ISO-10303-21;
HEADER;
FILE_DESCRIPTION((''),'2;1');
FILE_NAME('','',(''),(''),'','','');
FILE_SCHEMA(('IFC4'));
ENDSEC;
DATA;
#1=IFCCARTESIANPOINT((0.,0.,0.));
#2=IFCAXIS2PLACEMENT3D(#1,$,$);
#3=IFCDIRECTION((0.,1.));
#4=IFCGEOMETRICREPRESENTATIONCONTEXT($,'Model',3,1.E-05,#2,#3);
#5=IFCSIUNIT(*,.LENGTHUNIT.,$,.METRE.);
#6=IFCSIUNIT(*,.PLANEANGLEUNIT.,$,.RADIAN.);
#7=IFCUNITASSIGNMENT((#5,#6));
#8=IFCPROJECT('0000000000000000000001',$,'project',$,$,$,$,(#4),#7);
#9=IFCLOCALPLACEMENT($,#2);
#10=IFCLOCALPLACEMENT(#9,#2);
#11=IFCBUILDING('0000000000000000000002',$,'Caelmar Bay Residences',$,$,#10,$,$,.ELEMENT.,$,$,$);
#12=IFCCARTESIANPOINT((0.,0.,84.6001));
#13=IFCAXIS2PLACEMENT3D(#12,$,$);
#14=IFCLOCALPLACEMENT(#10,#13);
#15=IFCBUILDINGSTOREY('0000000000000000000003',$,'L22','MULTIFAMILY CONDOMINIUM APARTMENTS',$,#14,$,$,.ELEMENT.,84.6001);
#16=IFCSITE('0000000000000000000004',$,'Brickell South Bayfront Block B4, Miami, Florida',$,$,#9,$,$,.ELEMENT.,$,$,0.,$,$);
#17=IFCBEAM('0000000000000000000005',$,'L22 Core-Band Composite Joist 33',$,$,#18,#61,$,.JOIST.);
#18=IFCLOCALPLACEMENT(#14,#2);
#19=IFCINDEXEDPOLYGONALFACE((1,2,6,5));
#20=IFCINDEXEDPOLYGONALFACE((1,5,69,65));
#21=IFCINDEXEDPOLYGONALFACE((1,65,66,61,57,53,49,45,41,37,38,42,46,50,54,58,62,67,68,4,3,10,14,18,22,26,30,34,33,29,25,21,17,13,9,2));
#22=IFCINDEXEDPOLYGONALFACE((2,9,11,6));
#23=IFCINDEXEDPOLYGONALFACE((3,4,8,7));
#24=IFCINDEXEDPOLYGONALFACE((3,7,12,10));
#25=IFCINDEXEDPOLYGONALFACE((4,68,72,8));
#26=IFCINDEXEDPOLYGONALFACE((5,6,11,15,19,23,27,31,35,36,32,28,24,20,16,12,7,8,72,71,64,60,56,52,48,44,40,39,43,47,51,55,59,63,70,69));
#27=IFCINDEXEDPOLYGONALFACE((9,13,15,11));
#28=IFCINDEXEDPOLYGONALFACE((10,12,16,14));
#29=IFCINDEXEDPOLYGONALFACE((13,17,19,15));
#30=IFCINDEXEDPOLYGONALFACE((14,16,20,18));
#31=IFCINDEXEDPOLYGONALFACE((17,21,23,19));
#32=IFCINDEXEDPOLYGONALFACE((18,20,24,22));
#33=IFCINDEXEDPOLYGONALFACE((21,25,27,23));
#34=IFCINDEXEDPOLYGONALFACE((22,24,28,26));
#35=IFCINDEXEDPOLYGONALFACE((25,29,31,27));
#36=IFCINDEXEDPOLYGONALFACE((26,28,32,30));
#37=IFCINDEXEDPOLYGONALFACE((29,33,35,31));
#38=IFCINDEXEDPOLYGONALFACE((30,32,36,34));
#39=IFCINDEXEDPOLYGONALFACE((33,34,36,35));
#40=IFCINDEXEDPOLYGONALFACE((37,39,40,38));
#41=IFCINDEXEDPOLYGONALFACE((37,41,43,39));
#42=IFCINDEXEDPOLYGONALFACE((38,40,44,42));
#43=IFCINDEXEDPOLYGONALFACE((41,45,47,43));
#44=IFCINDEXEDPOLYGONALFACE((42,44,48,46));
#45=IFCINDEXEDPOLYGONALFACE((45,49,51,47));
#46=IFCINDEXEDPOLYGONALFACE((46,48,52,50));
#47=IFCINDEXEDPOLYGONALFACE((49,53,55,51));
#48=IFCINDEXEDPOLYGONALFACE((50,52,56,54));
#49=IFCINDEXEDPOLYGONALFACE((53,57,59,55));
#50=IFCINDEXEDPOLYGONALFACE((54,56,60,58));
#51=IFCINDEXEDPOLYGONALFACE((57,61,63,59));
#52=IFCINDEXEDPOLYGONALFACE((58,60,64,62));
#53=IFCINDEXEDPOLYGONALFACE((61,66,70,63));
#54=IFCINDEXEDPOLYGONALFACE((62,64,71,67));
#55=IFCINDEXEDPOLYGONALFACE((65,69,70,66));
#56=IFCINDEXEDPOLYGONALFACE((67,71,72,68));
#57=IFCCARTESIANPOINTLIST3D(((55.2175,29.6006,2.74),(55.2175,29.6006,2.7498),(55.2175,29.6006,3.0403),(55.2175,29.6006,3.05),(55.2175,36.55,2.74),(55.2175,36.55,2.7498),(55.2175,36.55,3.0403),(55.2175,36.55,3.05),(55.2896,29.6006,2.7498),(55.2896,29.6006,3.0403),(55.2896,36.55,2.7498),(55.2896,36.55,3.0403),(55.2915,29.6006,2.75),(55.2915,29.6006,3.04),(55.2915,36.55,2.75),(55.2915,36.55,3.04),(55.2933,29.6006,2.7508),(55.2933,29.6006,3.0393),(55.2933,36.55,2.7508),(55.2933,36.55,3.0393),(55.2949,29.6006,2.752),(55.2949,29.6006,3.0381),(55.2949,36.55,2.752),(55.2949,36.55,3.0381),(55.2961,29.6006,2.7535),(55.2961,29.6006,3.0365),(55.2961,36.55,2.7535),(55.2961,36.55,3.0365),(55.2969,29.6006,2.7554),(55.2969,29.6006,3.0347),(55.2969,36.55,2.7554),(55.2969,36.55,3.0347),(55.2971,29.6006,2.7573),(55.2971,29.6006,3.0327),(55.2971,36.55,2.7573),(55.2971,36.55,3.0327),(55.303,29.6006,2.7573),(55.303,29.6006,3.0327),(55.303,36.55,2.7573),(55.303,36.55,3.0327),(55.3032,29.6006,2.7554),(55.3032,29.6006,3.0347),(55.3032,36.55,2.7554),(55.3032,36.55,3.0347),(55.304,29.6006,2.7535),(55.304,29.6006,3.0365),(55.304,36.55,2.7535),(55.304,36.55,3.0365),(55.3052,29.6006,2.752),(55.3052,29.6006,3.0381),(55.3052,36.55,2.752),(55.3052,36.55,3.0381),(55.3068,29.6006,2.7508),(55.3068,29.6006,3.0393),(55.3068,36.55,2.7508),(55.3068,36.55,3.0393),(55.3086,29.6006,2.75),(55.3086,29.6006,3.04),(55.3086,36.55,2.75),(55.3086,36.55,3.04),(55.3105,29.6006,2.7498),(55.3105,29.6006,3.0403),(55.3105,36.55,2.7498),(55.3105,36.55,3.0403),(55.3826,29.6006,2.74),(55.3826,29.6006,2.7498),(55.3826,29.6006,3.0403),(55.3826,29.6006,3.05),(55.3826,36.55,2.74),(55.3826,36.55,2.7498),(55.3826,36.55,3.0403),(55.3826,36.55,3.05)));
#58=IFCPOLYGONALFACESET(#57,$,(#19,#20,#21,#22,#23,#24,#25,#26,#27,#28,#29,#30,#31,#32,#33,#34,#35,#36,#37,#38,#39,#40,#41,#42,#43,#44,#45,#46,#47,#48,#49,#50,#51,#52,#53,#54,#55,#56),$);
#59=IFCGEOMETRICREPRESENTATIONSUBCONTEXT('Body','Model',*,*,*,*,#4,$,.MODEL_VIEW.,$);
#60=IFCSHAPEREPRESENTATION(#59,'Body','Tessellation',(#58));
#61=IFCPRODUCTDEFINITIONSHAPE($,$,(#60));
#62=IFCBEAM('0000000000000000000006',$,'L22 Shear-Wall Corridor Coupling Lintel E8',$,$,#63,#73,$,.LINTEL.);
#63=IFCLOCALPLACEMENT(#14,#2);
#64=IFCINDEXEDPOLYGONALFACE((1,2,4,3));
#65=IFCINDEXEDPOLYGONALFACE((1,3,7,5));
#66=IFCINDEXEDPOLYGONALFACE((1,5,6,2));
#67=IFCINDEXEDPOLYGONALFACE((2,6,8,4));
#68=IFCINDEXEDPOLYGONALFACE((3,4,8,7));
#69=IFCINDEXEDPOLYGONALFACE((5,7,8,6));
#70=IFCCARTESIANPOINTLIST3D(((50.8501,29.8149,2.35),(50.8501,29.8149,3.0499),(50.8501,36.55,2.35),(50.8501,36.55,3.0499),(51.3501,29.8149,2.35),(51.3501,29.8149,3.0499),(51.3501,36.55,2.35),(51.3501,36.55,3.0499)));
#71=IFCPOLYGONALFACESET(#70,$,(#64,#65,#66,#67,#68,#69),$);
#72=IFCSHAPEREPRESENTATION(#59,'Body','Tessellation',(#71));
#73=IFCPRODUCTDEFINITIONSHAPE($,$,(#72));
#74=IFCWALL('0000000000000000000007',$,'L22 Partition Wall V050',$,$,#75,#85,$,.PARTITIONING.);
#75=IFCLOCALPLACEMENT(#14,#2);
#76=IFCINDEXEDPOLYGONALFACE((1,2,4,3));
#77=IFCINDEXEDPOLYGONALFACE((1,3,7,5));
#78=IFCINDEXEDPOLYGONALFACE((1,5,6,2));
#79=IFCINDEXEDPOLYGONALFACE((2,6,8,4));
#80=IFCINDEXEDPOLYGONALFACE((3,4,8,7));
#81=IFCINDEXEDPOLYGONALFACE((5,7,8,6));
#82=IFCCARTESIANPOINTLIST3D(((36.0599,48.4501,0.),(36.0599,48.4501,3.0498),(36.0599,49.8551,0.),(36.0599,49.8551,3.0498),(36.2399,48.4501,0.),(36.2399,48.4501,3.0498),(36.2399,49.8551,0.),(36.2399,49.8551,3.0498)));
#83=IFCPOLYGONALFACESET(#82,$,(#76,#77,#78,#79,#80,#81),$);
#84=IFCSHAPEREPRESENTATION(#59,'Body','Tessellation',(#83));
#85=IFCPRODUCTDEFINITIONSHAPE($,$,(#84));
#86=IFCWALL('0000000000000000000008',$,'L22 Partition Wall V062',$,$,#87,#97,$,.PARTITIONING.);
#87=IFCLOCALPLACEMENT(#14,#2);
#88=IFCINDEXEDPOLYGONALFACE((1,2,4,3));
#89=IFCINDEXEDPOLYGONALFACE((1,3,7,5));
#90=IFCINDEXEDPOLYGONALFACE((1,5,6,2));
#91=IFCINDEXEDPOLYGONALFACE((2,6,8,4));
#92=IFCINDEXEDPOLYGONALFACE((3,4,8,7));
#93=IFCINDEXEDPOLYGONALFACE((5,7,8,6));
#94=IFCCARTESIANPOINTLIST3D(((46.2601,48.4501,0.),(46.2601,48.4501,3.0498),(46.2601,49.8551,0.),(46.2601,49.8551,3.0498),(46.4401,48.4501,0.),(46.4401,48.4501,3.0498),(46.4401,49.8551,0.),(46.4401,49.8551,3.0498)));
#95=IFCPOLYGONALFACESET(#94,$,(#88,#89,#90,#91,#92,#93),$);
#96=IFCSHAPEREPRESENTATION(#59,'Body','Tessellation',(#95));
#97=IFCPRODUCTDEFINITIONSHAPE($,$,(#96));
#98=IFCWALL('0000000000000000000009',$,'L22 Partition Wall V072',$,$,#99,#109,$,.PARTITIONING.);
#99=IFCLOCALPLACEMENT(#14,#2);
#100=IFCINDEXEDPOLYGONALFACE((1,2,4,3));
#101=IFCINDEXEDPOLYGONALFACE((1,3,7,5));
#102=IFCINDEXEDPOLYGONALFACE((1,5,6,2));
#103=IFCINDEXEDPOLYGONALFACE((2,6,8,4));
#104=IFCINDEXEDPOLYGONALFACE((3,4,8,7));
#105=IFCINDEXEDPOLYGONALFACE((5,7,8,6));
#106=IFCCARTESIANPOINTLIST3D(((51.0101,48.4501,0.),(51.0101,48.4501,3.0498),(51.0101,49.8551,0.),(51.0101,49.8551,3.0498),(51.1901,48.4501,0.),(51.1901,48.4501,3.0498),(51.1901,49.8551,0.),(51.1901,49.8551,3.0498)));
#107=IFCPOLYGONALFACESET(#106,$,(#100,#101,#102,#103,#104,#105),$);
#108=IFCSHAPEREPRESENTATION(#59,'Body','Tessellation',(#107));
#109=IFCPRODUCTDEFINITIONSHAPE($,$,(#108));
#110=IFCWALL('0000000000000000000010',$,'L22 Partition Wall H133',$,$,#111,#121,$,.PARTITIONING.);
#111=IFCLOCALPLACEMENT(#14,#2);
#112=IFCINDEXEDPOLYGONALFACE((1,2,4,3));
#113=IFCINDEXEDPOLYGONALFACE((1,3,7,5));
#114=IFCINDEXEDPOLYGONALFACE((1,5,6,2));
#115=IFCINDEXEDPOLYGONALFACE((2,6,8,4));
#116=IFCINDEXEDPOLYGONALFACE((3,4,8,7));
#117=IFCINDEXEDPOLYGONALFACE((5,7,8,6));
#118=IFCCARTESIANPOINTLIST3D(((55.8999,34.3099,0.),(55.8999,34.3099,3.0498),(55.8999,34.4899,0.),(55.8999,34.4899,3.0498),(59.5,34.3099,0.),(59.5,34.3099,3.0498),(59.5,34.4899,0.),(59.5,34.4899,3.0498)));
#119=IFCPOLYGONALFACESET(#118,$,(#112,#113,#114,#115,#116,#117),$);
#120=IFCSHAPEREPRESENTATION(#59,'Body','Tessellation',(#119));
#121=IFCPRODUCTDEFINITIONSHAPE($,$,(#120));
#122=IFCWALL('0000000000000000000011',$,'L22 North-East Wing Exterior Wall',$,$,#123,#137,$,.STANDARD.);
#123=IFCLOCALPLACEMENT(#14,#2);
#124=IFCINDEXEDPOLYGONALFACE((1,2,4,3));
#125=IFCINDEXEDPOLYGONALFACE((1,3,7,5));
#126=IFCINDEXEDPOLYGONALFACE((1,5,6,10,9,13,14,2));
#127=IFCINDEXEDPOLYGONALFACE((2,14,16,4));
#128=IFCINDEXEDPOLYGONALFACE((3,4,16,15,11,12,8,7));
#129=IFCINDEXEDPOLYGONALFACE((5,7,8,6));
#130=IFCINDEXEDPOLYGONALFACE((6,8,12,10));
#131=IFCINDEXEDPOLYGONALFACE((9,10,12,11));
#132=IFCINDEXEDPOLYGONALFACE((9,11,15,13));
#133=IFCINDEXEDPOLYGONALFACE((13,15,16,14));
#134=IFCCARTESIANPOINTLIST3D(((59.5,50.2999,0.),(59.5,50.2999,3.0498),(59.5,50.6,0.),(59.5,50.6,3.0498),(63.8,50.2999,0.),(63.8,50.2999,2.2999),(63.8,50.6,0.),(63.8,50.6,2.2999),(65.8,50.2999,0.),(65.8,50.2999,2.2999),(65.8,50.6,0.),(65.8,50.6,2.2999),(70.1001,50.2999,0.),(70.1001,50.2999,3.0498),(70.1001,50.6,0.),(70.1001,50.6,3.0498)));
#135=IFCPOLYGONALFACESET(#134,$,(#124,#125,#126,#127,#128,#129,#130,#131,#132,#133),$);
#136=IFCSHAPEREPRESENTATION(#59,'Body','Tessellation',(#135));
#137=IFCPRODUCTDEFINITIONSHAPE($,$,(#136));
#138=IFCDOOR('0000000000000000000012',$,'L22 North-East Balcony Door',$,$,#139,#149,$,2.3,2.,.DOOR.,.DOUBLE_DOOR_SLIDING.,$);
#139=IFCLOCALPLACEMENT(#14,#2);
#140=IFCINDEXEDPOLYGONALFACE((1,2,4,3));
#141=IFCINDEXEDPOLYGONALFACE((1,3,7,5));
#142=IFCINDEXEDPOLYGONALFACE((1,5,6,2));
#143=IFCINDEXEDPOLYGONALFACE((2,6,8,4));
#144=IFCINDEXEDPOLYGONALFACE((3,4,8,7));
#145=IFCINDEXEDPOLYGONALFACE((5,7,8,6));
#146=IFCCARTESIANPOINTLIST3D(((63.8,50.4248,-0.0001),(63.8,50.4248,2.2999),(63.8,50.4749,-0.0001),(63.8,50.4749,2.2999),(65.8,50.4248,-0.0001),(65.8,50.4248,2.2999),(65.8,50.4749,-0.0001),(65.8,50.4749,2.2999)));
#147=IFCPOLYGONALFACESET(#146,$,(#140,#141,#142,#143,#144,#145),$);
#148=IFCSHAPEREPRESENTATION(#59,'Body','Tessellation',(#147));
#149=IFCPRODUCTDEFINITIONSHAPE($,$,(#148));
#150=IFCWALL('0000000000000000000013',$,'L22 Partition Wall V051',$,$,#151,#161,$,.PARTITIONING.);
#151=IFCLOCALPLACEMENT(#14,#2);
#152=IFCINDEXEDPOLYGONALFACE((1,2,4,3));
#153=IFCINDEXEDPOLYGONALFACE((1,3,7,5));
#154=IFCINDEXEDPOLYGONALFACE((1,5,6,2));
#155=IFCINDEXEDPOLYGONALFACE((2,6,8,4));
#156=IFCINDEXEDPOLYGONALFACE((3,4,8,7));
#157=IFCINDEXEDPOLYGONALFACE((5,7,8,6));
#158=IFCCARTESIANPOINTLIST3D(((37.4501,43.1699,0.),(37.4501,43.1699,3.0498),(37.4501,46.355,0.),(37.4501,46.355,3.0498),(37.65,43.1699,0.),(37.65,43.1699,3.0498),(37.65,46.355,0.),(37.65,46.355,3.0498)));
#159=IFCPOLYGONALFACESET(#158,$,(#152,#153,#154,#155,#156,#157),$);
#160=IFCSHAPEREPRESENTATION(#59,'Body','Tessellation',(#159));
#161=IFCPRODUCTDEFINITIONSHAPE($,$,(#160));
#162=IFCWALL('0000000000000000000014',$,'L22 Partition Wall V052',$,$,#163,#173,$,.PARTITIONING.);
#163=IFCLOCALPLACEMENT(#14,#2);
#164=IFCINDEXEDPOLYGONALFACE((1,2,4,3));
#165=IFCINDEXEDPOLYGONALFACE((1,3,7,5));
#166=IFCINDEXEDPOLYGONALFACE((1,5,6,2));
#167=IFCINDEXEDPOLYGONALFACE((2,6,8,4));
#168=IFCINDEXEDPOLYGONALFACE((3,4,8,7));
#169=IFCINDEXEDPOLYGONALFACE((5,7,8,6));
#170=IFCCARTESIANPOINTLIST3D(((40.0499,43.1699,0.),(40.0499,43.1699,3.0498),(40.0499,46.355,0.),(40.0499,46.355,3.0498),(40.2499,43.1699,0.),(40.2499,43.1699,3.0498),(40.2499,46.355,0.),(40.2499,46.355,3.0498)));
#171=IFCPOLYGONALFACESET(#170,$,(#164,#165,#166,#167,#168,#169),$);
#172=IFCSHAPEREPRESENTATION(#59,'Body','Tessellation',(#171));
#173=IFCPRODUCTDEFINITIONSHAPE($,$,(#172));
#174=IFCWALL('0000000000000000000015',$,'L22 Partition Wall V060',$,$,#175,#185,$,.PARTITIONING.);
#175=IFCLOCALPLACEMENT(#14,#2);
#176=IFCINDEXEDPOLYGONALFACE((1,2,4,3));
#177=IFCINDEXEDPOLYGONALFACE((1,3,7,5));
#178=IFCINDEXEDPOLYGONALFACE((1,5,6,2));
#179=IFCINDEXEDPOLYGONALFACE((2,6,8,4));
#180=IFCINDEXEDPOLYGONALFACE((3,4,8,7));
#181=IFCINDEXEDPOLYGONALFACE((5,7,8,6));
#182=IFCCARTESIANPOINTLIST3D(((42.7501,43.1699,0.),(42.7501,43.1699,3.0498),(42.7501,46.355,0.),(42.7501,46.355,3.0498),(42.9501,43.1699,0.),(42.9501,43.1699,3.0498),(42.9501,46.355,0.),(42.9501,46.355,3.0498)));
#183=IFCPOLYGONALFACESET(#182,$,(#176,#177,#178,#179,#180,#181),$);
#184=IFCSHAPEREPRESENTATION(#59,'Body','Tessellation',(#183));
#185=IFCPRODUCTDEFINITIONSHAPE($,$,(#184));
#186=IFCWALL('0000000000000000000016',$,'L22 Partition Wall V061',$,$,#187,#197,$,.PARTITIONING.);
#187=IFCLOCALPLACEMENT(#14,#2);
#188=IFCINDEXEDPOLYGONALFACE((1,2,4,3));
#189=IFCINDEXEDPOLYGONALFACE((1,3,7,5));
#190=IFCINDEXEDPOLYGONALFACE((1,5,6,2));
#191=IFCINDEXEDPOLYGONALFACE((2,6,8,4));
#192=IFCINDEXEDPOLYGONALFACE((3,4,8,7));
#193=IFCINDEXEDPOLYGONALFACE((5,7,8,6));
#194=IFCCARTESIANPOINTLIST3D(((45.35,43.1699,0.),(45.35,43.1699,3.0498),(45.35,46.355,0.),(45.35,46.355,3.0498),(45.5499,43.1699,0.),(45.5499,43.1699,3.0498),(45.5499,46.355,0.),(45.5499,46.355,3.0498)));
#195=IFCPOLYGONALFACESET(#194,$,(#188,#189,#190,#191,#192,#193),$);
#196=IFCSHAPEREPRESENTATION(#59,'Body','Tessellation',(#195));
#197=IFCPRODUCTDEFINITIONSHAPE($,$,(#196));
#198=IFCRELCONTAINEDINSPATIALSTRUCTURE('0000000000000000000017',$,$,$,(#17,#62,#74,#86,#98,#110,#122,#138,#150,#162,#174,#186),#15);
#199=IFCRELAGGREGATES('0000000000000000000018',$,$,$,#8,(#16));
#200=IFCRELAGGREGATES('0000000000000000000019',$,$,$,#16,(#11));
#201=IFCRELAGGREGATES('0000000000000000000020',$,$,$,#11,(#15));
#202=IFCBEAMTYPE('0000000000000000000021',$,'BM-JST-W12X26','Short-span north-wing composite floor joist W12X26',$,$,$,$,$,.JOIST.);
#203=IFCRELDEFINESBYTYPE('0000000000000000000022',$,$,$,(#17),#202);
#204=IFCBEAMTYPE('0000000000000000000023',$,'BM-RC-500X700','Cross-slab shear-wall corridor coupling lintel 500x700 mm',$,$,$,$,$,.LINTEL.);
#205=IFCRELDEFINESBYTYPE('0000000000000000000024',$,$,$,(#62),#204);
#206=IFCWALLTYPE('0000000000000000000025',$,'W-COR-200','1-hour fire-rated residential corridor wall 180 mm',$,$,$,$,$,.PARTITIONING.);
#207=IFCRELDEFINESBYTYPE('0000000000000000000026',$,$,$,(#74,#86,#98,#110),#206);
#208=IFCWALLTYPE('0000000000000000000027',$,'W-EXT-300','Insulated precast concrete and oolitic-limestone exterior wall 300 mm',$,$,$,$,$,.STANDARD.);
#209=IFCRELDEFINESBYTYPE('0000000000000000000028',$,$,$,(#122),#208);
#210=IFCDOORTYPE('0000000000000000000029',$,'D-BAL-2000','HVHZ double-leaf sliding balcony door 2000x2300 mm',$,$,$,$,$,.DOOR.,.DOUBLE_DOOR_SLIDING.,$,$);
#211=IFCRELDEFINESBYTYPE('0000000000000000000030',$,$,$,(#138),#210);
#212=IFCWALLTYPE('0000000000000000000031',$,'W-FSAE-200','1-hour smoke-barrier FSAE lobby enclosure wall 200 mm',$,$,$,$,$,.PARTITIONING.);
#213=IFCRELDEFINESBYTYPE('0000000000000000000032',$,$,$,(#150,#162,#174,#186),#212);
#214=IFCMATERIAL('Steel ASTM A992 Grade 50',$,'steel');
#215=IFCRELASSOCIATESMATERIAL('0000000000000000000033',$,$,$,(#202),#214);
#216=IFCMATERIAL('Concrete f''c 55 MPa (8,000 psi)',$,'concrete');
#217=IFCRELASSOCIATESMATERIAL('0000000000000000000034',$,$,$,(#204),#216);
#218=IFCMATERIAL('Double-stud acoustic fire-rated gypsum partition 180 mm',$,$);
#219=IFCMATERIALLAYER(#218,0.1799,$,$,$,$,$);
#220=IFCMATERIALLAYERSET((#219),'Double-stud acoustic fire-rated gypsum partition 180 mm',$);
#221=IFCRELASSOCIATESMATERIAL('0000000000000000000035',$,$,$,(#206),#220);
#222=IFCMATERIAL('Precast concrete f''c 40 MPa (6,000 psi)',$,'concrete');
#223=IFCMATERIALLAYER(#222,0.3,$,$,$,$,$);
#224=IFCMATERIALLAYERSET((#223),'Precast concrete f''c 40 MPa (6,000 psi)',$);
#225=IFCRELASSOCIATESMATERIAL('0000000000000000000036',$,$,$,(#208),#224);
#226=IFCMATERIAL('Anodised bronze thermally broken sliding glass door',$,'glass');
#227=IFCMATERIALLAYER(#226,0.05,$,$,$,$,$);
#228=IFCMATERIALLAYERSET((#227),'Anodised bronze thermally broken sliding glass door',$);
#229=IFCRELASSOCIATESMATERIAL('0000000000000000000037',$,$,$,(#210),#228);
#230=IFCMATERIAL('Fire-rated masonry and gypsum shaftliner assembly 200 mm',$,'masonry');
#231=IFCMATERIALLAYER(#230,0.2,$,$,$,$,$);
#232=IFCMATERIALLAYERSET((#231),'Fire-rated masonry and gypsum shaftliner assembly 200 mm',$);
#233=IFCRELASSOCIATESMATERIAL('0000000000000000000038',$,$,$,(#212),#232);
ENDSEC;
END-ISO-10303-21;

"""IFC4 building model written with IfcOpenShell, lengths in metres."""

from ifc_helpers import new_model, si_unit, direction, frame, frame_2d, origin, origin_2d, place, context, subcontext, project, spatial, rectangle, i_section, extrude, material, layer, layer_set, material_profile, profile_set, type_object, element, fill, save


model = new_model("IFC4")

# Units and contexts
model_context = context("Model", 3, precision=1e-05, world=origin(), true_north=direction((0.0, 1.0)))
body_context = subcontext(model_context, "Body", "Model", "MODEL_VIEW")
ifc_project = project(units=[si_unit("LENGTHUNIT", "METRE"), si_unit("PLANEANGLEUNIT", "RADIAN")], contexts=[model_context])

# Site, building, storey
site_placement = place(None, origin())
site = spatial("IfcSite", under=ifc_project, at=site_placement, Name="Brickell South Bayfront Block B4, Miami, Florida", CompositionType="ELEMENT", RefElevation=0.0)
building_placement = place(site_placement, origin())
building = spatial("IfcBuilding", under=site, at=building_placement, Name="Caelmar Bay Residences", CompositionType="ELEMENT")
storey_placement = place(building_placement, frame((0.0, 0.0, 84.6001)))
storey = spatial("IfcBuildingStorey", under=building, at=storey_placement, Name="L22", Description="MULTIFAMILY CONDOMINIUM APARTMENTS", CompositionType="ELEMENT", Elevation=84.6001)

# Beams
ifc_material_1 = material(Name="Steel ASTM A992 Grade 50", Category="steel")
ifc_material_profile_1 = material_profile(ifc_material_1, i_section(OverallWidth=0.165, OverallDepth=0.3101, WebThickness=0.0059, FlangeThickness=0.0098, FilletRadius=0.0076, at=origin_2d()), Name="W12X26")
ifc_profile_set_1 = profile_set([ifc_material_profile_1], Name="Steel ASTM A992 Grade 50")
beam_type_1 = type_object("IfcBeamType", Name="BM-JST-W12X26", Description="Short-span north-wing composite floor joist W12X26", PredefinedType="JOIST", material=ifc_profile_set_1)
for number, where, z_axis, x_axis, name in (
    (1, (55.3, 29.6006, 2.895), (0.0, 1.0, 0.0), (-1.0, 0.0, 0.0), "L22 Core-Band Composite Joist 33"),
):
    element("IfcBeam", number, at=place(storey_placement, frame(where, z_axis=z_axis, x_axis=x_axis)), inside=storey, type_object=beam_type_1, Name=name, PredefinedType="JOIST", context=body_context, shape_type="SweptSolid", body=[
        extrude(i_section(OverallWidth=0.165, OverallDepth=0.3101, WebThickness=0.0059, FlangeThickness=0.0098, FilletRadius=0.0076, at=origin_2d()), origin(), (0.0, 0.0, 1.0), 6.9495),
    ])
ifc_material_2 = material(Name="Concrete f'c 55 MPa (8,000 psi)", Category="concrete")
ifc_material_profile_2 = material_profile(ifc_material_2, rectangle(XDim=0.5, YDim=0.7, at=origin_2d()), Name="RC-BM-500X700")
ifc_profile_set_2 = profile_set([ifc_material_profile_2], Name="Concrete f'c 55 MPa (8,000 psi)")
beam_type_2 = type_object("IfcBeamType", Name="BM-RC-500X700", Description="Cross-slab shear-wall corridor coupling lintel 500x700 mm", PredefinedType="LINTEL", material=ifc_profile_set_2)
beam_placement = place(storey_placement, frame((51.1001, 29.8149, 2.7), z_axis=(0.0, 1.0, 0.0), x_axis=(-1.0, 0.0, 0.0)))
element("IfcBeam", 2, at=beam_placement, inside=storey, type_object=beam_type_2, Name="L22 Shear-Wall Corridor Coupling Lintel E8", PredefinedType="LINTEL", context=body_context, shape_type="SweptSolid", body=[
    extrude(rectangle(XDim=0.5, YDim=0.7, at=origin_2d()), origin(), (0.0, 0.0, 1.0), 6.7351),
])

# Walls
ifc_material_3 = material(Name="Double-stud acoustic fire-rated gypsum partition 180 mm")
ifc_layer_1 = layer(ifc_material_3, 0.1799)
ifc_layer_set_1 = layer_set([ifc_layer_1], Name="Double-stud acoustic fire-rated gypsum partition 180 mm")
wall_type_1 = type_object("IfcWallType", Name="W-COR-200", Description="1-hour fire-rated residential corridor wall 180 mm", PredefinedType="PARTITIONING", material=ifc_layer_set_1)
for number, where, z_axis, x_axis, name in (
    (3, (36.1499, 48.45, 0.0), (0.0, 0.0, 1.0), (0.0, 1.0, 0.0), "L22 Partition Wall V050"),
    (4, (46.3501, 48.45, 0.0), (0.0, 0.0, 1.0), (0.0, 1.0, 0.0), "L22 Partition Wall V062"),
    (5, (51.1001, 48.45, 0.0), (0.0, 0.0, 1.0), (0.0, 1.0, 0.0), "L22 Partition Wall V072"),
):
    element("IfcWall", number, at=place(storey_placement, frame(where, z_axis=z_axis, x_axis=x_axis)), inside=storey, type_object=wall_type_1, Name=name, PredefinedType="PARTITIONING", context=body_context, shape_type="SweptSolid", body=[
        extrude(rectangle(XDim=1.405, YDim=0.1799, at=frame_2d((0.7026, 0.0))), origin(), (0.0, 0.0, 1.0), 3.0498),
    ])
wall_1_placement = place(storey_placement, frame((55.8999, 34.3999, 0.0), z_axis=(0.0, 0.0, 1.0), x_axis=(1.0, 0.0, 0.0)))
element("IfcWall", 6, at=wall_1_placement, inside=storey, type_object=wall_type_1, Name="L22 Partition Wall H133", PredefinedType="PARTITIONING", context=body_context, shape_type="SweptSolid", body=[
    extrude(rectangle(XDim=3.6001, YDim=0.1799, at=frame_2d((1.8, 0.0))), origin(), (0.0, 0.0, 1.0), 3.0498),
])

# Wall, opening, door
ifc_material_4 = material(Name="Precast concrete f'c 40 MPa (6,000 psi)", Category="concrete")
ifc_layer_2 = layer(ifc_material_4, 0.3)
ifc_layer_set_2 = layer_set([ifc_layer_2], Name="Precast concrete f'c 40 MPa (6,000 psi)")
wall_type_2 = type_object("IfcWallType", Name="W-EXT-300", Description="Insulated precast concrete and oolitic-limestone exterior wall 300 mm", PredefinedType="STANDARD", material=ifc_layer_set_2)
wall_2_placement = place(storey_placement, frame((59.5, 50.45, 0.0), z_axis=(0.0, 0.0, 1.0), x_axis=(1.0, 0.0, 0.0)))
wall_2 = element("IfcWall", 7, at=wall_2_placement, inside=storey, type_object=wall_type_2, Name="L22 North-East Wing Exterior Wall", PredefinedType="STANDARD", context=body_context, shape_type="SweptSolid", body=[
    extrude(rectangle(XDim=10.6001, YDim=0.3, at=frame_2d((5.3, 0.0))), origin(), (0.0, 0.0, 1.0), 3.0498),
])
opening_1_placement = place(wall_2_placement, frame((4.3, 0.0, 0.0)))
opening_1 = element("IfcOpeningElement", 8, at=opening_1_placement, cuts=wall_2, PredefinedType="OPENING", context=body_context, shape_type="SweptSolid", body=[
    extrude(rectangle(XDim=2.0, YDim=2.3, at=frame_2d((1.0, 1.1499))), frame((0.0, 0.1599, 0.0), z_axis=(0.0, -1.0, 0.0), x_axis=(1.0, 0.0, 0.0)), (0.0, 0.0, 1.0), 0.3201),
])
ifc_material_5 = material(Name="Anodised bronze thermally broken sliding glass door", Category="glass")
ifc_layer_3 = layer(ifc_material_5, 0.05)
ifc_layer_set_3 = layer_set([ifc_layer_3], Name="Anodised bronze thermally broken sliding glass door")
door_type_1 = type_object("IfcDoorType", Name="D-BAL-2000", Description="HVHZ double-leaf sliding balcony door 2000x2300 mm", OperationType="DOUBLE_DOOR_SLIDING", PredefinedType="DOOR", material=ifc_layer_set_3)
door_1_placement = place(opening_1_placement, origin())
door_1 = element("IfcDoor", 9, at=door_1_placement, inside=storey, type_object=door_type_1, Name="L22 North-East Balcony Door", OperationType="DOUBLE_DOOR_SLIDING", OverallHeight=2.3, OverallWidth=2.0, PredefinedType="DOOR", context=body_context, shape_type="SweptSolid", body=[
    extrude(rectangle(XDim=2.0, YDim=2.3, at=frame_2d((1.0, 1.1499))), frame((0.0, 0.0249, 0.0), z_axis=(0.0, -1.0, 0.0), x_axis=(1.0, 0.0, 0.0)), (0.0, 0.0, 1.0), 0.05),
])
fill(opening_1, door_1)

# Walls
ifc_material_6 = material(Name="Fire-rated masonry and gypsum shaftliner assembly 200 mm", Category="masonry")
ifc_layer_4 = layer(ifc_material_6, 0.2)
ifc_layer_set_4 = layer_set([ifc_layer_4], Name="Fire-rated masonry and gypsum shaftliner assembly 200 mm")
wall_type_3 = type_object("IfcWallType", Name="W-FSAE-200", Description="1-hour smoke-barrier FSAE lobby enclosure wall 200 mm", PredefinedType="PARTITIONING", material=ifc_layer_set_4)
for number, where, z_axis, x_axis, name in (
    (10, (37.55, 43.1699, 0.0), (0.0, 0.0, 1.0), (0.0, 1.0, 0.0), "L22 Partition Wall V051"),
    (11, (40.1499, 43.1699, 0.0), (0.0, 0.0, 1.0), (0.0, 1.0, 0.0), "L22 Partition Wall V052"),
    (12, (42.8501, 43.1699, 0.0), (0.0, 0.0, 1.0), (0.0, 1.0, 0.0), "L22 Partition Wall V060"),
    (13, (45.45, 43.1699, 0.0), (0.0, 0.0, 1.0), (0.0, 1.0, 0.0), "L22 Partition Wall V061"),
):
    element("IfcWall", number, at=place(storey_placement, frame(where, z_axis=z_axis, x_axis=x_axis)), inside=storey, type_object=wall_type_3, Name=name, PredefinedType="PARTITIONING", context=body_context, shape_type="SweptSolid", body=[
        extrude(rectangle(XDim=3.1851, YDim=0.2, at=frame_2d((1.5925, 0.0))), origin(), (0.0, 0.0, 1.0), 3.0498),
    ])

save(model, "model.ifc")
